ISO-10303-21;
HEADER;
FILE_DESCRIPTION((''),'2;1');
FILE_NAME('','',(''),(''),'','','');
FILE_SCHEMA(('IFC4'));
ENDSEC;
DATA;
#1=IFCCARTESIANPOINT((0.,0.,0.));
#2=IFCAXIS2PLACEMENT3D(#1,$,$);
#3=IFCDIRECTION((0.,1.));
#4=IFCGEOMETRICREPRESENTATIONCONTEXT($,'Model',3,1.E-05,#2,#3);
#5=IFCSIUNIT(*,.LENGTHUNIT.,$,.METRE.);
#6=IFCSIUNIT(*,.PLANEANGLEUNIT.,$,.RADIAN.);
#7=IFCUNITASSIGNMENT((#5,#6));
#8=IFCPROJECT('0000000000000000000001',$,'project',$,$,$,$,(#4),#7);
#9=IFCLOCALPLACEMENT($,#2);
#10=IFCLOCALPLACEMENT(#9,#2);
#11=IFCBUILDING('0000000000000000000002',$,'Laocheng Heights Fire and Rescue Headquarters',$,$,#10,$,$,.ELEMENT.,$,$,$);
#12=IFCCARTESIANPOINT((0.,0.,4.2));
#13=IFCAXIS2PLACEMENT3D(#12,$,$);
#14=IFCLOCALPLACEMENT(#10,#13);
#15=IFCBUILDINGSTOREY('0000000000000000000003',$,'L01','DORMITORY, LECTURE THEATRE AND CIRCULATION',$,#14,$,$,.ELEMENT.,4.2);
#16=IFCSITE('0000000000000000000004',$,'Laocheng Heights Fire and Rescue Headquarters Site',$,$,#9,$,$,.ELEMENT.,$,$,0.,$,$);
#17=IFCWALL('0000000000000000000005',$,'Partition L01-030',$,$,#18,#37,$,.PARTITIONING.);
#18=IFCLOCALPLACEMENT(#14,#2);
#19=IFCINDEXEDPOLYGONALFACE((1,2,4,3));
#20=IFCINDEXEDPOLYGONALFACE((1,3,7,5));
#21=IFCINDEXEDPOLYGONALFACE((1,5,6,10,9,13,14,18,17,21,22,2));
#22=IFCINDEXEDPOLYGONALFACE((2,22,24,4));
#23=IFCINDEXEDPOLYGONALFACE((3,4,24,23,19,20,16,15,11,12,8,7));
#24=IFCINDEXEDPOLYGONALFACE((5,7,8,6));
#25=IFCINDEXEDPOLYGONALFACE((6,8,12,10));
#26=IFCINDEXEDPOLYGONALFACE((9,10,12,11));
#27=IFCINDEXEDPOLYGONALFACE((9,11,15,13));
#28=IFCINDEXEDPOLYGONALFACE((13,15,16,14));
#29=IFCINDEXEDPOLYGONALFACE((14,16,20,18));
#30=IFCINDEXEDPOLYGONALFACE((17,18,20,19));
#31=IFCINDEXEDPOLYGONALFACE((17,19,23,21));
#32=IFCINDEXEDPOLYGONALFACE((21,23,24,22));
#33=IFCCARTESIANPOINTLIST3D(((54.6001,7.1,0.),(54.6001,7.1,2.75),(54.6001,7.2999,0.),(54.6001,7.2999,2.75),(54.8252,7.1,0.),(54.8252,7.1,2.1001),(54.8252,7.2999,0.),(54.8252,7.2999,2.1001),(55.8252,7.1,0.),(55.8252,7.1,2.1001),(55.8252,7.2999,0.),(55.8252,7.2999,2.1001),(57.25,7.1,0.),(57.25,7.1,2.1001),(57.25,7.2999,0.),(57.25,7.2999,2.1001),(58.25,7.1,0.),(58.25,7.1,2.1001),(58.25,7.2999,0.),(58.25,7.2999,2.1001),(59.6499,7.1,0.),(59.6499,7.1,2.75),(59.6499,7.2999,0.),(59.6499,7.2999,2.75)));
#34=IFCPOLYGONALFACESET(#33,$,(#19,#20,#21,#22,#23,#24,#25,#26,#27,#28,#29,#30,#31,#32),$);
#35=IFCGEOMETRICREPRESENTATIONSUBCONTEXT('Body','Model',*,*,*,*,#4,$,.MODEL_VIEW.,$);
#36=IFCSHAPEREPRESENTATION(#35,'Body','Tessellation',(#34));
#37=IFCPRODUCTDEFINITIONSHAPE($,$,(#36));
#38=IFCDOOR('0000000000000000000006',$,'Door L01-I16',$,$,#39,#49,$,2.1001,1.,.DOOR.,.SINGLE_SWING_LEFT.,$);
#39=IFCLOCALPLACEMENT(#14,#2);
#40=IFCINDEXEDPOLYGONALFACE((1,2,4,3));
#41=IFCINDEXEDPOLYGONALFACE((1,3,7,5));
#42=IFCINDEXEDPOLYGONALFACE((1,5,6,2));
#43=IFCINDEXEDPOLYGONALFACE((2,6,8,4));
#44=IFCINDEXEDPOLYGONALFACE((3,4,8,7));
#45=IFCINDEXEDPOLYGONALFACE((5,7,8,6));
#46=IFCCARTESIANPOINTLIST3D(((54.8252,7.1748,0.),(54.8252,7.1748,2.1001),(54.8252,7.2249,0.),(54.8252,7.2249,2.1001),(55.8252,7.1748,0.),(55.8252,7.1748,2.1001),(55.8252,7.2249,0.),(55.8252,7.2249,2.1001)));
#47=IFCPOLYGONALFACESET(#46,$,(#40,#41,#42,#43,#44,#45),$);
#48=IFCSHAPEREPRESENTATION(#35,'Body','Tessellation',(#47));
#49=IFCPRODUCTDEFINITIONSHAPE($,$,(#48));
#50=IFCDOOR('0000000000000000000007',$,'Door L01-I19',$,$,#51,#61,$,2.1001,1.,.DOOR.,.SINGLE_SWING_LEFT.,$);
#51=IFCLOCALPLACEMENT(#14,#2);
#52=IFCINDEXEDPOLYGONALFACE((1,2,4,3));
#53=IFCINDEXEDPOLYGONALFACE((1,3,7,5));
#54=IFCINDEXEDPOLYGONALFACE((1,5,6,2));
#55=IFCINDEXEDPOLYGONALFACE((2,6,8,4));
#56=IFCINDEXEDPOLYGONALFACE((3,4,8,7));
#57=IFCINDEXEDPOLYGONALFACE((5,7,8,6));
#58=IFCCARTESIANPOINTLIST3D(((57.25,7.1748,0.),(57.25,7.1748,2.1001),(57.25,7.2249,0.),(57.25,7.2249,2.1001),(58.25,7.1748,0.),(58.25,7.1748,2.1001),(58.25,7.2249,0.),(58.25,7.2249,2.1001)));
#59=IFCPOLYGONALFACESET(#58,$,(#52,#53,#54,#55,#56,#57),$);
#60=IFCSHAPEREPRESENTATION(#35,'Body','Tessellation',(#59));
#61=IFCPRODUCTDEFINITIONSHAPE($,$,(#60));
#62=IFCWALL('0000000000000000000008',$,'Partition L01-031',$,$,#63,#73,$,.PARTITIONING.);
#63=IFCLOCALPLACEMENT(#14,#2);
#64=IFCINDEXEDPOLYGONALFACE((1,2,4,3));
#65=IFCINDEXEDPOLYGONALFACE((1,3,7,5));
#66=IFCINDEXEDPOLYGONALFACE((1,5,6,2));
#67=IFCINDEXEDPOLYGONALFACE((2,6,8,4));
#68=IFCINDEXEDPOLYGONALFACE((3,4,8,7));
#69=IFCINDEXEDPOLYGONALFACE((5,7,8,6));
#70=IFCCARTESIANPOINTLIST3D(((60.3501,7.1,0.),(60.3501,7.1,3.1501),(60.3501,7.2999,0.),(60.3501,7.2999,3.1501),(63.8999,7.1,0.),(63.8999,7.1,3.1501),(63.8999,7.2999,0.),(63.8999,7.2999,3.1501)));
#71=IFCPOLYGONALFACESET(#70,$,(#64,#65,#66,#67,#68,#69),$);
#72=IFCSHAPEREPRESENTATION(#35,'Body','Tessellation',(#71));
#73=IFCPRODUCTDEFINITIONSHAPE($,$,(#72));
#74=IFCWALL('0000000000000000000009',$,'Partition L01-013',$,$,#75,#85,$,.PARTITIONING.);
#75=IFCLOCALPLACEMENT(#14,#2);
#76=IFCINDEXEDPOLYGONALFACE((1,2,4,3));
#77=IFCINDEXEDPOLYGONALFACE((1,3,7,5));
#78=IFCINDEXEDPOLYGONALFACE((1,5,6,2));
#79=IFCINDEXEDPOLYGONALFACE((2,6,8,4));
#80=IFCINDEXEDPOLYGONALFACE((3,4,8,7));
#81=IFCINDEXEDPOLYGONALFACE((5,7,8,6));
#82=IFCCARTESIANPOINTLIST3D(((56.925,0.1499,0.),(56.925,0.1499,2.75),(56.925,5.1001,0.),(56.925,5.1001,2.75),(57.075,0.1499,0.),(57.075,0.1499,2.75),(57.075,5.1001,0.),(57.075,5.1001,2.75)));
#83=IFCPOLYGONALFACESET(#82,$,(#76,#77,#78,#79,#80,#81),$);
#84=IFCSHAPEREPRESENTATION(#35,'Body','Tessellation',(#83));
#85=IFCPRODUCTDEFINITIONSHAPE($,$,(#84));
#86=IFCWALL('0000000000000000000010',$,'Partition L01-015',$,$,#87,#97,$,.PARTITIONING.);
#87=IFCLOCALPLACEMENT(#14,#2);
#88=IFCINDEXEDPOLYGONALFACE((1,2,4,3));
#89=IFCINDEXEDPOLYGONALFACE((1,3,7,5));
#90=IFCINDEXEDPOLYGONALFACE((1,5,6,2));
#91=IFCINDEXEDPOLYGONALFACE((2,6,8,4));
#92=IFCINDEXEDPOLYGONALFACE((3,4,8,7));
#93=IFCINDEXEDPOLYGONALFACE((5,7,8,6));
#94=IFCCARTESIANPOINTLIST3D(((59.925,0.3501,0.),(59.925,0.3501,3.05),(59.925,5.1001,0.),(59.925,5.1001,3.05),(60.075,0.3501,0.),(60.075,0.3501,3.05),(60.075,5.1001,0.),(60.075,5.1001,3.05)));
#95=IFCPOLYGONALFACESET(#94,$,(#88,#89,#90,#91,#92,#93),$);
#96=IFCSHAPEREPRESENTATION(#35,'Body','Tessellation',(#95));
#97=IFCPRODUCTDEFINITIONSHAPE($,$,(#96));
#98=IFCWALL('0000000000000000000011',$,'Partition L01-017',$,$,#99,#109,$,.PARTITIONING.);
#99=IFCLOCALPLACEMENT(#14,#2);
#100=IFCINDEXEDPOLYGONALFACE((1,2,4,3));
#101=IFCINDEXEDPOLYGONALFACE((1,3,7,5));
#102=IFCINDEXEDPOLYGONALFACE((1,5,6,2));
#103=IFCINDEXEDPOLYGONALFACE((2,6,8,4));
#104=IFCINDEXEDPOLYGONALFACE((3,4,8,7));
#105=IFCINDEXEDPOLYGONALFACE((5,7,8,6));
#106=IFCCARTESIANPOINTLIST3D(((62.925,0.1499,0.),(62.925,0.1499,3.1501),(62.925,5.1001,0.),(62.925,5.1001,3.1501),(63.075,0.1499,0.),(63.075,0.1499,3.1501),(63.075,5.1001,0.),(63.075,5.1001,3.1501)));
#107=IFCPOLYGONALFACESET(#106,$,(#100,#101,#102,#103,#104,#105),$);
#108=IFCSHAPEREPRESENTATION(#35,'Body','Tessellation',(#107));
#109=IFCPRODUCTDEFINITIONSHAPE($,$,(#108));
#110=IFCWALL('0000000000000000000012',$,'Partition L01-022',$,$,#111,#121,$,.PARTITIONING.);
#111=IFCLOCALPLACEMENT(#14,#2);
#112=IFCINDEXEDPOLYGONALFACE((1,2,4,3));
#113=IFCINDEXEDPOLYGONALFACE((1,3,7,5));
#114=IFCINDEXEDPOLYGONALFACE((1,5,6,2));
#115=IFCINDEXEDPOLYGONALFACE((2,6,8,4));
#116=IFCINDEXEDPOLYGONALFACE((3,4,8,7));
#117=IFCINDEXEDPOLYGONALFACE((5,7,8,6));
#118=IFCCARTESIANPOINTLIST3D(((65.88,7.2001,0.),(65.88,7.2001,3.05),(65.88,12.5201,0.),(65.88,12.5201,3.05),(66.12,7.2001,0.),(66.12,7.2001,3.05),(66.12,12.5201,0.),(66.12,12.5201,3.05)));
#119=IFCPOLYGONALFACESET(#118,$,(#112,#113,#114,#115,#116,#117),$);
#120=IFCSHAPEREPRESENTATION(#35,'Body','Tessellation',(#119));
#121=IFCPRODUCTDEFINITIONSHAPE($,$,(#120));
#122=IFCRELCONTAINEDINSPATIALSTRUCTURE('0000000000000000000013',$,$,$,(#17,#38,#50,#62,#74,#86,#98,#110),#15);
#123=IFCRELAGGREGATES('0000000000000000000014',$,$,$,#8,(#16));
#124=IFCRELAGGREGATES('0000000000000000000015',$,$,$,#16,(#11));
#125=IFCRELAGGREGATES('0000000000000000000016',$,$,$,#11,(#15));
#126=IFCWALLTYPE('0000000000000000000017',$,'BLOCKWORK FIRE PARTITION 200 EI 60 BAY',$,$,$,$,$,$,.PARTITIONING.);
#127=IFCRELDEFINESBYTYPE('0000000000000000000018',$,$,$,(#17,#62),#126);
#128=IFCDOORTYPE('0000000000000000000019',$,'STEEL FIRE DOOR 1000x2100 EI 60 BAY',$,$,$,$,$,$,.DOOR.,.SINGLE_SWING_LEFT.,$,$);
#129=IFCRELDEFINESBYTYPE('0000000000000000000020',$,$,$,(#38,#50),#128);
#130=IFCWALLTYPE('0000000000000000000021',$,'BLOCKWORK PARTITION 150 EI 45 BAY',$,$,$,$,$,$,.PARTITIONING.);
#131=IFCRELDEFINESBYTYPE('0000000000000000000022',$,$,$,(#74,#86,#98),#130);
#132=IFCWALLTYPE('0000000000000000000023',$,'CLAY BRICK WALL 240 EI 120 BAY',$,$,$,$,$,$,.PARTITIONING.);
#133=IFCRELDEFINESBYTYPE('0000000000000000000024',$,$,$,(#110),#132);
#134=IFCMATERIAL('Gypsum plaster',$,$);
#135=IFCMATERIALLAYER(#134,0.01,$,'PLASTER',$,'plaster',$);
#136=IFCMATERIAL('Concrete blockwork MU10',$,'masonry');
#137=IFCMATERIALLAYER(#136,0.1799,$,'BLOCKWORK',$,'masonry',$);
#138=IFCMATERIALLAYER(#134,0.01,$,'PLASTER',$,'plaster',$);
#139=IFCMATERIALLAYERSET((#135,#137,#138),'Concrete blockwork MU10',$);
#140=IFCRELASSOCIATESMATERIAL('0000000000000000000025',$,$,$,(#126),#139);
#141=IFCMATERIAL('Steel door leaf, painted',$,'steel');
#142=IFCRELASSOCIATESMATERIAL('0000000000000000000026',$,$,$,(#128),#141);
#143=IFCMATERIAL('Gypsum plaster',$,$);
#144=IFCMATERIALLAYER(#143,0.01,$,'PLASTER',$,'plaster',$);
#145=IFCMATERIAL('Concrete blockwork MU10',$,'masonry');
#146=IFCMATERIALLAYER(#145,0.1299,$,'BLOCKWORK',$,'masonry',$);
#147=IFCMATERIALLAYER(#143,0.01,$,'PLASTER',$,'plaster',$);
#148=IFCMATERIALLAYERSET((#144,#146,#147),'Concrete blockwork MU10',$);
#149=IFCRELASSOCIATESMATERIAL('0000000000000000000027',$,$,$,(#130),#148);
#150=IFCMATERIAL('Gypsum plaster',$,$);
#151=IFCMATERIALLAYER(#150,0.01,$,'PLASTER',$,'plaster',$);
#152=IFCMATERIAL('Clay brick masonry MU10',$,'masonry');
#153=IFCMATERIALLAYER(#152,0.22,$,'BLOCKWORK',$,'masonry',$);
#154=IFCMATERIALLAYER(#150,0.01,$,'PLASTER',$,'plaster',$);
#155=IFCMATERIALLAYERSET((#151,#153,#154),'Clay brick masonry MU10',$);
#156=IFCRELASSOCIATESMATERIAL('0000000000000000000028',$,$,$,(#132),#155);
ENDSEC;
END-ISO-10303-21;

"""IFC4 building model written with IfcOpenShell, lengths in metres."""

from ifc_helpers import new_model, si_unit, direction, frame, frame_2d, origin, place, context, subcontext, project, spatial, rectangle, extrude, material, layer, layer_set, type_object, element, fill, save


model = new_model("IFC4")

# Units and contexts
model_context = context("Model", 3, precision=1e-05, world=origin(), true_north=direction((0.0, 1.0)))
body_context = subcontext(model_context, "Body", "Model", "MODEL_VIEW")
ifc_project = project(units=[si_unit("LENGTHUNIT", "METRE"), si_unit("PLANEANGLEUNIT", "RADIAN")], contexts=[model_context])

# Site, building, storey
site_placement = place(None, origin())
site = spatial("IfcSite", under=ifc_project, at=site_placement, Name="Laocheng Heights Fire and Rescue Headquarters Site", CompositionType="ELEMENT", RefElevation=0.0)
building_placement = place(site_placement, origin())
building = spatial("IfcBuilding", under=site, at=building_placement, Name="Laocheng Heights Fire and Rescue Headquarters", CompositionType="ELEMENT")
storey_placement = place(building_placement, frame((0.0, 0.0, 4.2)))
storey = spatial("IfcBuildingStorey", under=building, at=storey_placement, Name="L01", Description="DORMITORY, LECTURE THEATRE AND CIRCULATION", CompositionType="ELEMENT", Elevation=4.2)

# Shared definitions
ifc_material_1 = material(Name="Gypsum plaster")
ifc_layer_1 = layer(ifc_material_1, 0.01, Name="PLASTER", Category="plaster")
ifc_material_2 = material(Name="Concrete blockwork MU10", Category="masonry")
ifc_layer_2 = layer(ifc_material_2, 0.1799, Name="BLOCKWORK", Category="masonry")
ifc_layer_3 = layer(ifc_material_1, 0.01, Name="PLASTER", Category="plaster")
ifc_layer_set_1 = layer_set([ifc_layer_1, ifc_layer_2, ifc_layer_3], Name="Concrete blockwork MU10")
wall_type_1 = type_object("IfcWallType", Name="BLOCKWORK FIRE PARTITION 200 EI 60 BAY", PredefinedType="PARTITIONING", material=ifc_layer_set_1)
ifc_material_3 = material(Name="Steel door leaf, painted", Category="steel")
door_type_1 = type_object("IfcDoorType", Name="STEEL FIRE DOOR 1000x2100 EI 60 BAY", OperationType="SINGLE_SWING_LEFT", PredefinedType="DOOR", material=ifc_material_3)

# Wall, openings, doors
wall_1_placement = place(storey_placement, frame((54.6001, 7.2, 0.0), z_axis=(0.0, 0.0, 1.0), x_axis=(1.0, 0.0, 0.0)))
wall_1 = element("IfcWall", 1, at=wall_1_placement, inside=storey, type_object=wall_type_1, Name="Partition L01-030", PredefinedType="PARTITIONING", context=body_context, shape_type="SweptSolid", body=[
    extrude(rectangle(XDim=5.0498, YDim=0.2, at=frame_2d((2.5249, 0.0))), origin(), (0.0, 0.0, 1.0), 2.75),
])
opening_1_placement = place(wall_1_placement, frame((0.2251, 0.0, 0.0)))
opening_1 = element("IfcOpeningElement", 2, at=opening_1_placement, cuts=wall_1, PredefinedType="OPENING", context=body_context, shape_type="SweptSolid", body=[
    extrude(rectangle(XDim=1.0, YDim=2.1001, at=frame_2d((0.5, 1.05))), frame((0.0, 0.1099, 0.0), z_axis=(0.0, -1.0, 0.0), x_axis=(1.0, 0.0, 0.0)), (0.0, 0.0, 1.0), 0.22),
])
opening_2_placement = place(wall_1_placement, frame((2.6499, 0.0, 0.0)))
opening_2 = element("IfcOpeningElement", 3, at=opening_2_placement, cuts=wall_1, PredefinedType="OPENING", context=body_context, shape_type="SweptSolid", body=[
    extrude(rectangle(XDim=1.0, YDim=2.1001, at=frame_2d((0.5, 1.05))), frame((0.0, 0.1099, 0.0), z_axis=(0.0, -1.0, 0.0), x_axis=(1.0, 0.0, 0.0)), (0.0, 0.0, 1.0), 0.22),
])
door_1_placement = place(opening_1_placement, origin())
door_1 = element("IfcDoor", 4, at=door_1_placement, inside=storey, type_object=door_type_1, Name="Door L01-I16", OperationType="SINGLE_SWING_LEFT", OverallHeight=2.1001, OverallWidth=1.0, PredefinedType="DOOR", context=body_context, shape_type="SweptSolid", body=[
    extrude(rectangle(XDim=1.0, YDim=2.1001, at=frame_2d((0.5, 1.05))), frame((0.0, 0.0249, 0.0), z_axis=(0.0, -1.0, 0.0), x_axis=(1.0, 0.0, 0.0)), (0.0, 0.0, 1.0), 0.05),
])
fill(opening_1, door_1)
door_2_placement = place(opening_2_placement, origin())
door_2 = element("IfcDoor", 5, at=door_2_placement, inside=storey, type_object=door_type_1, Name="Door L01-I19", OperationType="SINGLE_SWING_LEFT", OverallHeight=2.1001, OverallWidth=1.0, PredefinedType="DOOR", context=body_context, shape_type="SweptSolid", body=[
    extrude(rectangle(XDim=1.0, YDim=2.1001, at=frame_2d((0.5, 1.05))), frame((0.0, 0.0249, 0.0), z_axis=(0.0, -1.0, 0.0), x_axis=(1.0, 0.0, 0.0)), (0.0, 0.0, 1.0), 0.05),
])
fill(opening_2, door_2)

# Walls
wall_2_placement = place(storey_placement, frame((60.3501, 7.2, 0.0), z_axis=(0.0, 0.0, 1.0), x_axis=(1.0, 0.0, 0.0)))
element("IfcWall", 6, at=wall_2_placement, inside=storey, type_object=wall_type_1, Name="Partition L01-031", PredefinedType="PARTITIONING", context=body_context, shape_type="SweptSolid", body=[
    extrude(rectangle(XDim=3.5498, YDim=0.2, at=frame_2d((1.7749, 0.0))), origin(), (0.0, 0.0, 1.0), 3.1501),
])
ifc_material_4 = material(Name="Gypsum plaster")
ifc_layer_4 = layer(ifc_material_4, 0.01, Name="PLASTER", Category="plaster")
ifc_material_5 = material(Name="Concrete blockwork MU10", Category="masonry")
ifc_layer_5 = layer(ifc_material_5, 0.1299, Name="BLOCKWORK", Category="masonry")
ifc_layer_6 = layer(ifc_material_4, 0.01, Name="PLASTER", Category="plaster")
ifc_layer_set_2 = layer_set([ifc_layer_4, ifc_layer_5, ifc_layer_6], Name="Concrete blockwork MU10")
wall_type_2 = type_object("IfcWallType", Name="BLOCKWORK PARTITION 150 EI 45 BAY", PredefinedType="PARTITIONING", material=ifc_layer_set_2)
wall_3_placement = place(storey_placement, frame((57.0, 0.1499, 0.0), z_axis=(0.0, 0.0, 1.0), x_axis=(0.0, 1.0, 0.0)))
element("IfcWall", 7, at=wall_3_placement, inside=storey, type_object=wall_type_2, Name="Partition L01-013", PredefinedType="PARTITIONING", context=body_context, shape_type="SweptSolid", body=[
    extrude(rectangle(XDim=4.9502, YDim=0.1499, at=frame_2d((2.4751, 0.0))), origin(), (0.0, 0.0, 1.0), 2.75),
])
wall_4_placement = place(storey_placement, frame((60.0, 0.3501, 0.0), z_axis=(0.0, 0.0, 1.0), x_axis=(0.0, 1.0, 0.0)))
element("IfcWall", 8, at=wall_4_placement, inside=storey, type_object=wall_type_2, Name="Partition L01-015", PredefinedType="PARTITIONING", context=body_context, shape_type="SweptSolid", body=[
    extrude(rectangle(XDim=4.75, YDim=0.1499, at=frame_2d((2.375, 0.0))), origin(), (0.0, 0.0, 1.0), 3.05),
])
wall_5_placement = place(storey_placement, frame((63.0, 0.1499, 0.0), z_axis=(0.0, 0.0, 1.0), x_axis=(0.0, 1.0, 0.0)))
element("IfcWall", 9, at=wall_5_placement, inside=storey, type_object=wall_type_2, Name="Partition L01-017", PredefinedType="PARTITIONING", context=body_context, shape_type="SweptSolid", body=[
    extrude(rectangle(XDim=4.9502, YDim=0.1499, at=frame_2d((2.4751, 0.0))), origin(), (0.0, 0.0, 1.0), 3.1501),
])
ifc_material_6 = material(Name="Gypsum plaster")
ifc_layer_7 = layer(ifc_material_6, 0.01, Name="PLASTER", Category="plaster")
ifc_material_7 = material(Name="Clay brick masonry MU10", Category="masonry")
ifc_layer_8 = layer(ifc_material_7, 0.22, Name="BLOCKWORK", Category="masonry")
ifc_layer_9 = layer(ifc_material_6, 0.01, Name="PLASTER", Category="plaster")
ifc_layer_set_3 = layer_set([ifc_layer_7, ifc_layer_8, ifc_layer_9], Name="Clay brick masonry MU10")
wall_type_3 = type_object("IfcWallType", Name="CLAY BRICK WALL 240 EI 120 BAY", PredefinedType="PARTITIONING", material=ifc_layer_set_3)
wall_6_placement = place(storey_placement, frame((66.0, 7.2, 0.0), z_axis=(0.0, 0.0, 1.0), x_axis=(0.0, 1.0, 0.0)))
element("IfcWall", 10, at=wall_6_placement, inside=storey, type_object=wall_type_3, Name="Partition L01-022", PredefinedType="PARTITIONING", context=body_context, shape_type="SweptSolid", body=[
    extrude(rectangle(XDim=5.3201, YDim=0.24, at=frame_2d((2.6602, 0.0))), origin(), (0.0, 0.0, 1.0), 3.05),
])

save(model, "model.ifc")
